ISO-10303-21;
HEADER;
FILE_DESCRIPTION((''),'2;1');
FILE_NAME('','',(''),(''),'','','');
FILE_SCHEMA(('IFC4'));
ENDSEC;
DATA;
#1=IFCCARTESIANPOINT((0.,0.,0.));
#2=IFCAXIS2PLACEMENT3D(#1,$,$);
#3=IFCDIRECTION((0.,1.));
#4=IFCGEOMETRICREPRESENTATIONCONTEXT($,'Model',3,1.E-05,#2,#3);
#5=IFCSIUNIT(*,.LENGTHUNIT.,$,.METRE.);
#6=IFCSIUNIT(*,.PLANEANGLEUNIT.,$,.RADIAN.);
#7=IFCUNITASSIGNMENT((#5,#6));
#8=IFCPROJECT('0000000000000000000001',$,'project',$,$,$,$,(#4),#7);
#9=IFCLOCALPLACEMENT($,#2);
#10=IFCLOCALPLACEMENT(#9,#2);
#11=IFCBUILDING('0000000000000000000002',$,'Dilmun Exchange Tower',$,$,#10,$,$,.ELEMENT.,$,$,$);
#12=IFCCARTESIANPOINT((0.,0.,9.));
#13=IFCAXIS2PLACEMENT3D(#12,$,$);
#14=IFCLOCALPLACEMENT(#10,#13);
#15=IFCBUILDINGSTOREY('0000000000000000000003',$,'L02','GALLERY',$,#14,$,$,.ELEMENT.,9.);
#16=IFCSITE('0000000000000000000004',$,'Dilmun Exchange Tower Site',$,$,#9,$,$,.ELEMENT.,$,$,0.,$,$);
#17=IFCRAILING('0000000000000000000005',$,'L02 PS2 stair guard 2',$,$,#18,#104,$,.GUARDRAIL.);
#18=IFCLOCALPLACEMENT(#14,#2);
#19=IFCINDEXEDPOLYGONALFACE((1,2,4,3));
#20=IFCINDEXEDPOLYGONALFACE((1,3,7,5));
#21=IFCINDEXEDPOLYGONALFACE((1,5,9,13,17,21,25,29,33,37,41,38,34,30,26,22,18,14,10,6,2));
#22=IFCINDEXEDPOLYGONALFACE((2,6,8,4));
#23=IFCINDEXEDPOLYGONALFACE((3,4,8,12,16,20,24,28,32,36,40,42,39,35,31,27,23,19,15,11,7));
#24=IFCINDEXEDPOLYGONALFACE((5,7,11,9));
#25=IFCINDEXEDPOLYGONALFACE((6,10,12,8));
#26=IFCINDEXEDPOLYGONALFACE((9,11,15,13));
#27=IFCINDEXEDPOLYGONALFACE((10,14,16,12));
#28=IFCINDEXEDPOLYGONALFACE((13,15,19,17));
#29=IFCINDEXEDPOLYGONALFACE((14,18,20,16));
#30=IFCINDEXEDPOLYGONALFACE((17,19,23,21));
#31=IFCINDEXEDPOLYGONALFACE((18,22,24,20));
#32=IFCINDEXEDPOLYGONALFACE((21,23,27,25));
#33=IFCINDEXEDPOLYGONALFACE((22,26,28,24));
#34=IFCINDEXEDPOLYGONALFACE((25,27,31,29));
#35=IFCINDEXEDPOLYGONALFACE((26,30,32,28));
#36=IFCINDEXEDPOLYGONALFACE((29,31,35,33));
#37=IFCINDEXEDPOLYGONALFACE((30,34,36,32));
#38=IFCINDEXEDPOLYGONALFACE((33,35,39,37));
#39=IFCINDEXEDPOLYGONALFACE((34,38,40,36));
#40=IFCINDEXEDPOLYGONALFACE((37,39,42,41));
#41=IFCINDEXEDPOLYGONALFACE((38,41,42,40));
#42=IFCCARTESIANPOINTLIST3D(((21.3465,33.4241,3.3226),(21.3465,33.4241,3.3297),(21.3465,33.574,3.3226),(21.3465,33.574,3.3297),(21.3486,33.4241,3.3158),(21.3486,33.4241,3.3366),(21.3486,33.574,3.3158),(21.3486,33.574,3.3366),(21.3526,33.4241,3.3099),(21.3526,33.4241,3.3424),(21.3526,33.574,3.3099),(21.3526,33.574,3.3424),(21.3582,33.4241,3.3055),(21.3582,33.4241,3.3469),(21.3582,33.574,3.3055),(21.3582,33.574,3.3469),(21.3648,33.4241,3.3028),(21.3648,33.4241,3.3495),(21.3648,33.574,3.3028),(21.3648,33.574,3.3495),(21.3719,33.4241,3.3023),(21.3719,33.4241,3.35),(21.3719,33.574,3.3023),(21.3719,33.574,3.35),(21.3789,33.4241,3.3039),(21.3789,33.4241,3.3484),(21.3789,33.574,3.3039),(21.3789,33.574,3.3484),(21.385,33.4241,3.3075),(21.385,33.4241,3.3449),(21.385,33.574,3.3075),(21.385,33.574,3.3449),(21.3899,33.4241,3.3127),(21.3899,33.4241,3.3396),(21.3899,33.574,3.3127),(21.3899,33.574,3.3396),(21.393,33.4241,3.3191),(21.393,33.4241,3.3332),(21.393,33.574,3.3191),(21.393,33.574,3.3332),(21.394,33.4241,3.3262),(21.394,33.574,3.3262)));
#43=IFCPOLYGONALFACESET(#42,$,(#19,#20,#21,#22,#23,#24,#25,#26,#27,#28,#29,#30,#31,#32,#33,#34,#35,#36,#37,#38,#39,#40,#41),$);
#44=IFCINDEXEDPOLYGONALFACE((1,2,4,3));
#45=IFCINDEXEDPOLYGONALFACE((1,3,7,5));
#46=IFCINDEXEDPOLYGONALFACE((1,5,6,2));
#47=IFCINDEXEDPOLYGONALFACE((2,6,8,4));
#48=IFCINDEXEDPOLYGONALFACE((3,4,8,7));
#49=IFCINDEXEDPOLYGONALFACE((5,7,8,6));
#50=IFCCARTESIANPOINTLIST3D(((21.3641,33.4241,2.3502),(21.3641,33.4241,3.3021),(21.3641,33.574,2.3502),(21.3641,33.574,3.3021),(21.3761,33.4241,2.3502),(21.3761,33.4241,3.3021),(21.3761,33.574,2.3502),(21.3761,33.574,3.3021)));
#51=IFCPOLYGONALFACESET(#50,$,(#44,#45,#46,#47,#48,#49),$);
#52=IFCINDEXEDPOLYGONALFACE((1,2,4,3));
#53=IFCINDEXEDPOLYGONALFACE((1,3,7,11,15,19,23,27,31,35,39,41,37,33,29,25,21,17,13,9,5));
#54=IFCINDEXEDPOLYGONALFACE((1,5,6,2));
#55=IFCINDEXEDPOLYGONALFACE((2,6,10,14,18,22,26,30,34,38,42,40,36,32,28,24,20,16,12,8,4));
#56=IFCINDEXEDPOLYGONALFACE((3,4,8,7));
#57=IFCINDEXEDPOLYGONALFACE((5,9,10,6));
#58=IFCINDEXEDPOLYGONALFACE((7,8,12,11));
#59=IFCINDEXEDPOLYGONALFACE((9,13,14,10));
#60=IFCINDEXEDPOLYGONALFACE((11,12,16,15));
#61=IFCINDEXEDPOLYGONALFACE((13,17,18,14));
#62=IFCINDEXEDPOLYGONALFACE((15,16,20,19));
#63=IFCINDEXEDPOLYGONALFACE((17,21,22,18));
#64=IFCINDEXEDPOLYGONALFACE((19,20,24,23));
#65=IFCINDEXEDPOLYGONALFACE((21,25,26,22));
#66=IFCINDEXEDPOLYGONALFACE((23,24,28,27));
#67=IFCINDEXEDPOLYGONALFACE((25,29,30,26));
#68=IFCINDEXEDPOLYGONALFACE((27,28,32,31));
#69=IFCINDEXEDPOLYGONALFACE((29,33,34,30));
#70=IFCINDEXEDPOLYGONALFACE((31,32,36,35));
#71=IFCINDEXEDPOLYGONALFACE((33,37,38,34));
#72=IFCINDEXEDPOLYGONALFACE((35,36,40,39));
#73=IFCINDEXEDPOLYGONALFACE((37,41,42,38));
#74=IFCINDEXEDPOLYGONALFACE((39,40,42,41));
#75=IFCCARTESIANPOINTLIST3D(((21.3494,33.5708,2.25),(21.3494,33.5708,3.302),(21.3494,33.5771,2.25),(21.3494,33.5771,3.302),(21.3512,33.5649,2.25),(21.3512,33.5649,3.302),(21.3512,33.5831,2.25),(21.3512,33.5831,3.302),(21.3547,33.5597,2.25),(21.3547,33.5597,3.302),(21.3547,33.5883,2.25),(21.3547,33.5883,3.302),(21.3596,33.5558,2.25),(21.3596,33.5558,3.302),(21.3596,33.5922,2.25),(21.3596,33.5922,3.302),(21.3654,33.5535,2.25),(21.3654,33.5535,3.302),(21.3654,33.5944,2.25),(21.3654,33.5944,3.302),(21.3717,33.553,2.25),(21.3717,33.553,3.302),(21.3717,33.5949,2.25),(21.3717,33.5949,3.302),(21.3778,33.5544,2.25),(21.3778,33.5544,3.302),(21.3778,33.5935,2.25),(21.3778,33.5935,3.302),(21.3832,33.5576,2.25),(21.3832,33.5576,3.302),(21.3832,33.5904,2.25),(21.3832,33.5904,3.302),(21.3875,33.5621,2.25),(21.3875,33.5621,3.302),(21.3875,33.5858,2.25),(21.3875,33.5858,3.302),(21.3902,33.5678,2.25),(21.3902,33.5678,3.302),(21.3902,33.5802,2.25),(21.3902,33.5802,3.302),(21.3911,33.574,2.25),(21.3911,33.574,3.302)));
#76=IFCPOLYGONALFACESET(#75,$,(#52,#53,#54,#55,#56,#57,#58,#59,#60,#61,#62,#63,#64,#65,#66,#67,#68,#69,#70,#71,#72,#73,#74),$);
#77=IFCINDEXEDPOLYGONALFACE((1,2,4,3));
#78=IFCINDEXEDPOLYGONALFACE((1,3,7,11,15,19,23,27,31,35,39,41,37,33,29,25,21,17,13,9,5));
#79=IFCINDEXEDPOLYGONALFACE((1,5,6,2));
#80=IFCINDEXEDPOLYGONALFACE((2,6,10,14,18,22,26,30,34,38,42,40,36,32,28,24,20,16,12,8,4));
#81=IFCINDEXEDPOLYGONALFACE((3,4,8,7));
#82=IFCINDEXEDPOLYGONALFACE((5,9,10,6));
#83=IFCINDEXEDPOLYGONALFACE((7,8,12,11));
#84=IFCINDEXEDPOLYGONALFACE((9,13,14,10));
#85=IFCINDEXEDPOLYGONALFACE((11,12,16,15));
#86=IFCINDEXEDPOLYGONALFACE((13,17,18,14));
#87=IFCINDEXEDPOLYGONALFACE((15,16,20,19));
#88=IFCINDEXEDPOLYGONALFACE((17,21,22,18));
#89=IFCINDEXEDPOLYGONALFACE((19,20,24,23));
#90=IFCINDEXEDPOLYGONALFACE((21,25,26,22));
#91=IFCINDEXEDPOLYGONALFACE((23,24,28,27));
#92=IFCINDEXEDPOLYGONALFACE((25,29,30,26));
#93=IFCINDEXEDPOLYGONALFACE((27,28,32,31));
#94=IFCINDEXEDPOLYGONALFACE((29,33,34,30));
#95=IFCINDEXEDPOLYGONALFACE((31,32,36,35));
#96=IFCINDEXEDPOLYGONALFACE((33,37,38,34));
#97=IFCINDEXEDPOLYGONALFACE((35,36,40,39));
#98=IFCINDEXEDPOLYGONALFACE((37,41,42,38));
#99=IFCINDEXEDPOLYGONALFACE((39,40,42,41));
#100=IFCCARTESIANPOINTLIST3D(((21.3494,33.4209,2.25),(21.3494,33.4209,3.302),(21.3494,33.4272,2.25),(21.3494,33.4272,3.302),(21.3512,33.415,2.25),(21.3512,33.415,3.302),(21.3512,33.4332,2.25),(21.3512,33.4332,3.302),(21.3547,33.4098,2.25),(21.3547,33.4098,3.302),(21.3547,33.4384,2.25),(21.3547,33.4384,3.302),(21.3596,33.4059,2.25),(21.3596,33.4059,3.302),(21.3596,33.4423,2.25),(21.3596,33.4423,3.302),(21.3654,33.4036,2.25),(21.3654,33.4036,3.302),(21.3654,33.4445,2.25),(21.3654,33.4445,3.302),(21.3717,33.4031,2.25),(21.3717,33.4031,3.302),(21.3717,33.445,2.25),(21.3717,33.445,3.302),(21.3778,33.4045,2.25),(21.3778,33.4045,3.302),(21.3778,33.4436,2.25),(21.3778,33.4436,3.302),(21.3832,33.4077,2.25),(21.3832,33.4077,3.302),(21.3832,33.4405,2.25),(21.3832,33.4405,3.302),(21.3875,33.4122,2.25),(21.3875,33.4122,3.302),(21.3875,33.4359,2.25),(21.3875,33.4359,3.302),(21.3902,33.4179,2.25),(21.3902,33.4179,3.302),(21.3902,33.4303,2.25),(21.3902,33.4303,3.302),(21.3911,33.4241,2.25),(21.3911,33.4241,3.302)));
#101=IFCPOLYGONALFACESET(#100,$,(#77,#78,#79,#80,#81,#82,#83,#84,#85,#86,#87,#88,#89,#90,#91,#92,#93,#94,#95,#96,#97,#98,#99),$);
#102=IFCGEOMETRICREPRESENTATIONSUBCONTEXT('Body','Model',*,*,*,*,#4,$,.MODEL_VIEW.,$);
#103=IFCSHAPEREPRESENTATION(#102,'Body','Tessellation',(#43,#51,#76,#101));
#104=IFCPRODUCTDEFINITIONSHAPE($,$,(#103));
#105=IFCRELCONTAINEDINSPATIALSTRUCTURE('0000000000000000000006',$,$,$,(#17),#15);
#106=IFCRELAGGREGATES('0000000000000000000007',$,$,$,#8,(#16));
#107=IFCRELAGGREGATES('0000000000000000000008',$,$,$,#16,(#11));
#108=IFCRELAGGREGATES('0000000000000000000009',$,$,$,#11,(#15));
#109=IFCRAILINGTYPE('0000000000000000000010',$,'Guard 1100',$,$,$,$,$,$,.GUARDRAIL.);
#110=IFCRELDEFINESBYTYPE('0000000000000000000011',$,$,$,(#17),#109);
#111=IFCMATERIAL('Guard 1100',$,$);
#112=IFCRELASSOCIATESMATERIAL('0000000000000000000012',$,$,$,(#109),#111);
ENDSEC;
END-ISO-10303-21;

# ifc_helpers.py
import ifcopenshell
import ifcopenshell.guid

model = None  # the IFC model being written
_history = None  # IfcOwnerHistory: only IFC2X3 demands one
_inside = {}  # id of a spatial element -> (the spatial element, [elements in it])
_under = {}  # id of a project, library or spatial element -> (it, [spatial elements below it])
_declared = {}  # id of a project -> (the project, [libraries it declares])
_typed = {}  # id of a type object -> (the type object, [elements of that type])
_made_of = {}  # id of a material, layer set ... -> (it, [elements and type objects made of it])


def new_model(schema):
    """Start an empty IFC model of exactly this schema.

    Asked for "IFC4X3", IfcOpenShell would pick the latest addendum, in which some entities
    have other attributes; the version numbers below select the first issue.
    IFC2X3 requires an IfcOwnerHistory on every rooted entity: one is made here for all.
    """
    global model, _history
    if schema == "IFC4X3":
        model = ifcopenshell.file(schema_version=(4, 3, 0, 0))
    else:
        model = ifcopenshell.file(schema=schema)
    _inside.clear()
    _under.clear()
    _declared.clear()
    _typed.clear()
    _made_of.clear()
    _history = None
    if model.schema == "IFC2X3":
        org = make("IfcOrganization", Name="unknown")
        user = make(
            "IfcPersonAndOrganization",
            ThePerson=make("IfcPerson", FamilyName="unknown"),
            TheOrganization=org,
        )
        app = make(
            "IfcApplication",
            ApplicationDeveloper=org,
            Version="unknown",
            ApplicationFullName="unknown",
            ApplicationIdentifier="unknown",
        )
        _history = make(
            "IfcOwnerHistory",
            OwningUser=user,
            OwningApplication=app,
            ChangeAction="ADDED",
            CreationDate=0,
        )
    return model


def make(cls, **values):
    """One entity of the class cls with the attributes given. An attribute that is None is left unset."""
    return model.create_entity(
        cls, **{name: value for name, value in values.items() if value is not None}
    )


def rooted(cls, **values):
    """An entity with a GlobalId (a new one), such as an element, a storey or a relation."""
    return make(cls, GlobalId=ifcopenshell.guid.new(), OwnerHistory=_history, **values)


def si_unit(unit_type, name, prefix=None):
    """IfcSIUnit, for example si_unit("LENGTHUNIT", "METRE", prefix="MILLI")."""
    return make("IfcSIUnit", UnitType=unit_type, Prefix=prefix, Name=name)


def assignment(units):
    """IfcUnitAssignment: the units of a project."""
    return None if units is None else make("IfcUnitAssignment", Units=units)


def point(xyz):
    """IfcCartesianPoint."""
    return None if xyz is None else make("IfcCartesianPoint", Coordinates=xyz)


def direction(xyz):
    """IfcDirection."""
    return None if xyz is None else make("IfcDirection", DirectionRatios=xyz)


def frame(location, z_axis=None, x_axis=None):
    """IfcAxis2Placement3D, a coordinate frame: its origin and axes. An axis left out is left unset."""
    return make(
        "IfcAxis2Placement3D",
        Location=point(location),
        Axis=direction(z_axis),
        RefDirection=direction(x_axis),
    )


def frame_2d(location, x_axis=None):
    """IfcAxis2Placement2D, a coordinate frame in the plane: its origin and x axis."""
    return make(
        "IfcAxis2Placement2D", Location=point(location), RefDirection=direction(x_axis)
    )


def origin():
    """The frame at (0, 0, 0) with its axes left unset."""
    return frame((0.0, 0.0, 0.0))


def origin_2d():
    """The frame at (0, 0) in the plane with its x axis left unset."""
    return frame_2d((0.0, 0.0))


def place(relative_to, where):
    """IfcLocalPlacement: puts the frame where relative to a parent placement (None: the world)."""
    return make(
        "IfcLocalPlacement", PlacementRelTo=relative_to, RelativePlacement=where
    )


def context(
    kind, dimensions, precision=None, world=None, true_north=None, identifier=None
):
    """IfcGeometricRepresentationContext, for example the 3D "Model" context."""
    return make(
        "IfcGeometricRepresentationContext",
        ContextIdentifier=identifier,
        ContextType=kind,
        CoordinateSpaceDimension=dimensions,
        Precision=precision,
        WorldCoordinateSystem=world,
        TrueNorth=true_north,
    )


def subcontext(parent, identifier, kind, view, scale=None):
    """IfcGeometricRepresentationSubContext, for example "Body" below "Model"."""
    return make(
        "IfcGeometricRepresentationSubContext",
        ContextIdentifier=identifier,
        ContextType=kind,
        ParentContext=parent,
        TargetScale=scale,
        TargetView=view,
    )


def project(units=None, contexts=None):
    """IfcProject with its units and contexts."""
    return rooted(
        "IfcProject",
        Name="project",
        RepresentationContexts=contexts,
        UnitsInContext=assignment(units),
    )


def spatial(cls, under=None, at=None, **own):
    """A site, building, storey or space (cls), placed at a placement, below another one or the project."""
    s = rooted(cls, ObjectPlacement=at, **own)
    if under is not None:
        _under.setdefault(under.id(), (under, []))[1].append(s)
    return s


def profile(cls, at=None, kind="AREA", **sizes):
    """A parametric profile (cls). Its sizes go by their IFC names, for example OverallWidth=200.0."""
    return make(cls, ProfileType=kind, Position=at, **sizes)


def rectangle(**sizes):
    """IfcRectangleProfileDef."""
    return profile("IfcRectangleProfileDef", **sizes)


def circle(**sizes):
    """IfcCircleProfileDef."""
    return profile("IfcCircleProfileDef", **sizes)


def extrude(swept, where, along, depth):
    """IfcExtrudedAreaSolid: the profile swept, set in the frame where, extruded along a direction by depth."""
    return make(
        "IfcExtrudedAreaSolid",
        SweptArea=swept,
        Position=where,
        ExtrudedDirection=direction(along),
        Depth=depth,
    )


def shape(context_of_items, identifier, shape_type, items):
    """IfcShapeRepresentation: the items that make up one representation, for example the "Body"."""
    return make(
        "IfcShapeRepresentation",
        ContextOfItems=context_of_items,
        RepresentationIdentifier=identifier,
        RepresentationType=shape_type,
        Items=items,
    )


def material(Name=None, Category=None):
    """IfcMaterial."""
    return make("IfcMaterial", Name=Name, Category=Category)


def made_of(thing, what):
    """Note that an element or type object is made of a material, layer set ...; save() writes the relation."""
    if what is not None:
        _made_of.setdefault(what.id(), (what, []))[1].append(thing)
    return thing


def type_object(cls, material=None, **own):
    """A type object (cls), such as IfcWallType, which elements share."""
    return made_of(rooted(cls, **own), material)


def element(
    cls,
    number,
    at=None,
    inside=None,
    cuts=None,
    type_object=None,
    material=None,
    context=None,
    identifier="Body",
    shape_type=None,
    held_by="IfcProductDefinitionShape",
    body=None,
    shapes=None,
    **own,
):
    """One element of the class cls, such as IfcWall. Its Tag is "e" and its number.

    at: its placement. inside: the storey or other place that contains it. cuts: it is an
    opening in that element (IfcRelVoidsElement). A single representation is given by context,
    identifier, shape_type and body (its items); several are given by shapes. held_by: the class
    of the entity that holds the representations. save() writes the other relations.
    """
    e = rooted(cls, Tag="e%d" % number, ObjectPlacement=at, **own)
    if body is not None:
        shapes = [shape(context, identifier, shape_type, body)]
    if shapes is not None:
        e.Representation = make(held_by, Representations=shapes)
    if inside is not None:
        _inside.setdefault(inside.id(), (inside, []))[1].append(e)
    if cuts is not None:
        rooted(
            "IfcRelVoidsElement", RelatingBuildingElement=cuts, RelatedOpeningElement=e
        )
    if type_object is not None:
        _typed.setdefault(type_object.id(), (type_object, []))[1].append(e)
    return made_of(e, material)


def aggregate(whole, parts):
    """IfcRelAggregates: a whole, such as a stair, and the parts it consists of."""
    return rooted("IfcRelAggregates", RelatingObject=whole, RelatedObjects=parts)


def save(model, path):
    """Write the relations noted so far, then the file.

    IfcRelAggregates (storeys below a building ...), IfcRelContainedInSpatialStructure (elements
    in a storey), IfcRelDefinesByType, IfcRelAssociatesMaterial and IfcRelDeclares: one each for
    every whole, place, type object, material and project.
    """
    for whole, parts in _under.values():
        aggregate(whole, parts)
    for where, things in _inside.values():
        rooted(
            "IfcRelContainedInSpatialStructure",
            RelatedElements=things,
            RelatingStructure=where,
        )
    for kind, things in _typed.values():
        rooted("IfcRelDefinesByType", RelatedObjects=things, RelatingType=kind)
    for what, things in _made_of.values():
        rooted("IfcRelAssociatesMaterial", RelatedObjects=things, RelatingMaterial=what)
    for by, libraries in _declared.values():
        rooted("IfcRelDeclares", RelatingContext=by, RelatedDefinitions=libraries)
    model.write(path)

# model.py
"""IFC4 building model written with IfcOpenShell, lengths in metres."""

from ifc_helpers import new_model, si_unit, direction, frame, origin, origin_2d, place, context, subcontext, project, spatial, rectangle, circle, extrude, material, type_object, element, save


model = new_model("IFC4")

# Units and contexts
model_context = context("Model", 3, precision=1e-05, world=origin(), true_north=direction((0.0, 1.0)))
body_context = subcontext(model_context, "Body", "Model", "MODEL_VIEW")
ifc_project = project(units=[si_unit("LENGTHUNIT", "METRE"), si_unit("PLANEANGLEUNIT", "RADIAN")], contexts=[model_context])

# Site, building, storey
site_placement = place(None, origin())
site = spatial("IfcSite", under=ifc_project, at=site_placement, Name="Dilmun Exchange Tower Site", CompositionType="ELEMENT", RefElevation=0.0)
building_placement = place(site_placement, origin())
building = spatial("IfcBuilding", under=site, at=building_placement, Name="Dilmun Exchange Tower", CompositionType="ELEMENT")
storey_placement = place(building_placement, frame((0.0, 0.0, 9.0)))
storey = spatial("IfcBuildingStorey", under=building, at=storey_placement, Name="L02", Description="GALLERY", CompositionType="ELEMENT", Elevation=9.0)

# Railing
ifc_material_1 = material(Name="Guard 1100")
railing_type_1 = type_object("IfcRailingType", Name="Guard 1100", PredefinedType="GUARDRAIL", material=ifc_material_1)
railing_1_placement = place(storey_placement, frame((21.3701, 33.574, 2.25)))
element("IfcRailing", 1, at=railing_1_placement, inside=storey, type_object=railing_type_1, Name="L02 PS2 stair guard 2", PredefinedType="GUARDRAIL", context=body_context, shape_type="SweptSolid", body=[
    extrude(circle(Radius=0.0239, at=origin_2d()), frame((0.0, 0.0, 1.0762), z_axis=(0.0, -1.0, 0.0), x_axis=(1.0, 0.0, 0.0)), (0.0, 0.0, 1.0), 0.1499),
    extrude(rectangle(XDim=0.012, YDim=0.9519, at=origin_2d()), frame((0.0, 0.0, 0.5762), z_axis=(0.0, -1.0, 0.0), x_axis=(1.0, 0.0, 0.0)), (0.0, 0.0, 1.0), 0.1499),
    extrude(circle(Radius=0.021, at=origin_2d()), origin(), (0.0, 0.0, 1.0), 1.052),
    extrude(circle(Radius=0.021, at=origin_2d()), frame((0.0, -0.1499, 0.0)), (0.0, 0.0, 1.0), 1.052),
])

save(model, "model.ifc")
